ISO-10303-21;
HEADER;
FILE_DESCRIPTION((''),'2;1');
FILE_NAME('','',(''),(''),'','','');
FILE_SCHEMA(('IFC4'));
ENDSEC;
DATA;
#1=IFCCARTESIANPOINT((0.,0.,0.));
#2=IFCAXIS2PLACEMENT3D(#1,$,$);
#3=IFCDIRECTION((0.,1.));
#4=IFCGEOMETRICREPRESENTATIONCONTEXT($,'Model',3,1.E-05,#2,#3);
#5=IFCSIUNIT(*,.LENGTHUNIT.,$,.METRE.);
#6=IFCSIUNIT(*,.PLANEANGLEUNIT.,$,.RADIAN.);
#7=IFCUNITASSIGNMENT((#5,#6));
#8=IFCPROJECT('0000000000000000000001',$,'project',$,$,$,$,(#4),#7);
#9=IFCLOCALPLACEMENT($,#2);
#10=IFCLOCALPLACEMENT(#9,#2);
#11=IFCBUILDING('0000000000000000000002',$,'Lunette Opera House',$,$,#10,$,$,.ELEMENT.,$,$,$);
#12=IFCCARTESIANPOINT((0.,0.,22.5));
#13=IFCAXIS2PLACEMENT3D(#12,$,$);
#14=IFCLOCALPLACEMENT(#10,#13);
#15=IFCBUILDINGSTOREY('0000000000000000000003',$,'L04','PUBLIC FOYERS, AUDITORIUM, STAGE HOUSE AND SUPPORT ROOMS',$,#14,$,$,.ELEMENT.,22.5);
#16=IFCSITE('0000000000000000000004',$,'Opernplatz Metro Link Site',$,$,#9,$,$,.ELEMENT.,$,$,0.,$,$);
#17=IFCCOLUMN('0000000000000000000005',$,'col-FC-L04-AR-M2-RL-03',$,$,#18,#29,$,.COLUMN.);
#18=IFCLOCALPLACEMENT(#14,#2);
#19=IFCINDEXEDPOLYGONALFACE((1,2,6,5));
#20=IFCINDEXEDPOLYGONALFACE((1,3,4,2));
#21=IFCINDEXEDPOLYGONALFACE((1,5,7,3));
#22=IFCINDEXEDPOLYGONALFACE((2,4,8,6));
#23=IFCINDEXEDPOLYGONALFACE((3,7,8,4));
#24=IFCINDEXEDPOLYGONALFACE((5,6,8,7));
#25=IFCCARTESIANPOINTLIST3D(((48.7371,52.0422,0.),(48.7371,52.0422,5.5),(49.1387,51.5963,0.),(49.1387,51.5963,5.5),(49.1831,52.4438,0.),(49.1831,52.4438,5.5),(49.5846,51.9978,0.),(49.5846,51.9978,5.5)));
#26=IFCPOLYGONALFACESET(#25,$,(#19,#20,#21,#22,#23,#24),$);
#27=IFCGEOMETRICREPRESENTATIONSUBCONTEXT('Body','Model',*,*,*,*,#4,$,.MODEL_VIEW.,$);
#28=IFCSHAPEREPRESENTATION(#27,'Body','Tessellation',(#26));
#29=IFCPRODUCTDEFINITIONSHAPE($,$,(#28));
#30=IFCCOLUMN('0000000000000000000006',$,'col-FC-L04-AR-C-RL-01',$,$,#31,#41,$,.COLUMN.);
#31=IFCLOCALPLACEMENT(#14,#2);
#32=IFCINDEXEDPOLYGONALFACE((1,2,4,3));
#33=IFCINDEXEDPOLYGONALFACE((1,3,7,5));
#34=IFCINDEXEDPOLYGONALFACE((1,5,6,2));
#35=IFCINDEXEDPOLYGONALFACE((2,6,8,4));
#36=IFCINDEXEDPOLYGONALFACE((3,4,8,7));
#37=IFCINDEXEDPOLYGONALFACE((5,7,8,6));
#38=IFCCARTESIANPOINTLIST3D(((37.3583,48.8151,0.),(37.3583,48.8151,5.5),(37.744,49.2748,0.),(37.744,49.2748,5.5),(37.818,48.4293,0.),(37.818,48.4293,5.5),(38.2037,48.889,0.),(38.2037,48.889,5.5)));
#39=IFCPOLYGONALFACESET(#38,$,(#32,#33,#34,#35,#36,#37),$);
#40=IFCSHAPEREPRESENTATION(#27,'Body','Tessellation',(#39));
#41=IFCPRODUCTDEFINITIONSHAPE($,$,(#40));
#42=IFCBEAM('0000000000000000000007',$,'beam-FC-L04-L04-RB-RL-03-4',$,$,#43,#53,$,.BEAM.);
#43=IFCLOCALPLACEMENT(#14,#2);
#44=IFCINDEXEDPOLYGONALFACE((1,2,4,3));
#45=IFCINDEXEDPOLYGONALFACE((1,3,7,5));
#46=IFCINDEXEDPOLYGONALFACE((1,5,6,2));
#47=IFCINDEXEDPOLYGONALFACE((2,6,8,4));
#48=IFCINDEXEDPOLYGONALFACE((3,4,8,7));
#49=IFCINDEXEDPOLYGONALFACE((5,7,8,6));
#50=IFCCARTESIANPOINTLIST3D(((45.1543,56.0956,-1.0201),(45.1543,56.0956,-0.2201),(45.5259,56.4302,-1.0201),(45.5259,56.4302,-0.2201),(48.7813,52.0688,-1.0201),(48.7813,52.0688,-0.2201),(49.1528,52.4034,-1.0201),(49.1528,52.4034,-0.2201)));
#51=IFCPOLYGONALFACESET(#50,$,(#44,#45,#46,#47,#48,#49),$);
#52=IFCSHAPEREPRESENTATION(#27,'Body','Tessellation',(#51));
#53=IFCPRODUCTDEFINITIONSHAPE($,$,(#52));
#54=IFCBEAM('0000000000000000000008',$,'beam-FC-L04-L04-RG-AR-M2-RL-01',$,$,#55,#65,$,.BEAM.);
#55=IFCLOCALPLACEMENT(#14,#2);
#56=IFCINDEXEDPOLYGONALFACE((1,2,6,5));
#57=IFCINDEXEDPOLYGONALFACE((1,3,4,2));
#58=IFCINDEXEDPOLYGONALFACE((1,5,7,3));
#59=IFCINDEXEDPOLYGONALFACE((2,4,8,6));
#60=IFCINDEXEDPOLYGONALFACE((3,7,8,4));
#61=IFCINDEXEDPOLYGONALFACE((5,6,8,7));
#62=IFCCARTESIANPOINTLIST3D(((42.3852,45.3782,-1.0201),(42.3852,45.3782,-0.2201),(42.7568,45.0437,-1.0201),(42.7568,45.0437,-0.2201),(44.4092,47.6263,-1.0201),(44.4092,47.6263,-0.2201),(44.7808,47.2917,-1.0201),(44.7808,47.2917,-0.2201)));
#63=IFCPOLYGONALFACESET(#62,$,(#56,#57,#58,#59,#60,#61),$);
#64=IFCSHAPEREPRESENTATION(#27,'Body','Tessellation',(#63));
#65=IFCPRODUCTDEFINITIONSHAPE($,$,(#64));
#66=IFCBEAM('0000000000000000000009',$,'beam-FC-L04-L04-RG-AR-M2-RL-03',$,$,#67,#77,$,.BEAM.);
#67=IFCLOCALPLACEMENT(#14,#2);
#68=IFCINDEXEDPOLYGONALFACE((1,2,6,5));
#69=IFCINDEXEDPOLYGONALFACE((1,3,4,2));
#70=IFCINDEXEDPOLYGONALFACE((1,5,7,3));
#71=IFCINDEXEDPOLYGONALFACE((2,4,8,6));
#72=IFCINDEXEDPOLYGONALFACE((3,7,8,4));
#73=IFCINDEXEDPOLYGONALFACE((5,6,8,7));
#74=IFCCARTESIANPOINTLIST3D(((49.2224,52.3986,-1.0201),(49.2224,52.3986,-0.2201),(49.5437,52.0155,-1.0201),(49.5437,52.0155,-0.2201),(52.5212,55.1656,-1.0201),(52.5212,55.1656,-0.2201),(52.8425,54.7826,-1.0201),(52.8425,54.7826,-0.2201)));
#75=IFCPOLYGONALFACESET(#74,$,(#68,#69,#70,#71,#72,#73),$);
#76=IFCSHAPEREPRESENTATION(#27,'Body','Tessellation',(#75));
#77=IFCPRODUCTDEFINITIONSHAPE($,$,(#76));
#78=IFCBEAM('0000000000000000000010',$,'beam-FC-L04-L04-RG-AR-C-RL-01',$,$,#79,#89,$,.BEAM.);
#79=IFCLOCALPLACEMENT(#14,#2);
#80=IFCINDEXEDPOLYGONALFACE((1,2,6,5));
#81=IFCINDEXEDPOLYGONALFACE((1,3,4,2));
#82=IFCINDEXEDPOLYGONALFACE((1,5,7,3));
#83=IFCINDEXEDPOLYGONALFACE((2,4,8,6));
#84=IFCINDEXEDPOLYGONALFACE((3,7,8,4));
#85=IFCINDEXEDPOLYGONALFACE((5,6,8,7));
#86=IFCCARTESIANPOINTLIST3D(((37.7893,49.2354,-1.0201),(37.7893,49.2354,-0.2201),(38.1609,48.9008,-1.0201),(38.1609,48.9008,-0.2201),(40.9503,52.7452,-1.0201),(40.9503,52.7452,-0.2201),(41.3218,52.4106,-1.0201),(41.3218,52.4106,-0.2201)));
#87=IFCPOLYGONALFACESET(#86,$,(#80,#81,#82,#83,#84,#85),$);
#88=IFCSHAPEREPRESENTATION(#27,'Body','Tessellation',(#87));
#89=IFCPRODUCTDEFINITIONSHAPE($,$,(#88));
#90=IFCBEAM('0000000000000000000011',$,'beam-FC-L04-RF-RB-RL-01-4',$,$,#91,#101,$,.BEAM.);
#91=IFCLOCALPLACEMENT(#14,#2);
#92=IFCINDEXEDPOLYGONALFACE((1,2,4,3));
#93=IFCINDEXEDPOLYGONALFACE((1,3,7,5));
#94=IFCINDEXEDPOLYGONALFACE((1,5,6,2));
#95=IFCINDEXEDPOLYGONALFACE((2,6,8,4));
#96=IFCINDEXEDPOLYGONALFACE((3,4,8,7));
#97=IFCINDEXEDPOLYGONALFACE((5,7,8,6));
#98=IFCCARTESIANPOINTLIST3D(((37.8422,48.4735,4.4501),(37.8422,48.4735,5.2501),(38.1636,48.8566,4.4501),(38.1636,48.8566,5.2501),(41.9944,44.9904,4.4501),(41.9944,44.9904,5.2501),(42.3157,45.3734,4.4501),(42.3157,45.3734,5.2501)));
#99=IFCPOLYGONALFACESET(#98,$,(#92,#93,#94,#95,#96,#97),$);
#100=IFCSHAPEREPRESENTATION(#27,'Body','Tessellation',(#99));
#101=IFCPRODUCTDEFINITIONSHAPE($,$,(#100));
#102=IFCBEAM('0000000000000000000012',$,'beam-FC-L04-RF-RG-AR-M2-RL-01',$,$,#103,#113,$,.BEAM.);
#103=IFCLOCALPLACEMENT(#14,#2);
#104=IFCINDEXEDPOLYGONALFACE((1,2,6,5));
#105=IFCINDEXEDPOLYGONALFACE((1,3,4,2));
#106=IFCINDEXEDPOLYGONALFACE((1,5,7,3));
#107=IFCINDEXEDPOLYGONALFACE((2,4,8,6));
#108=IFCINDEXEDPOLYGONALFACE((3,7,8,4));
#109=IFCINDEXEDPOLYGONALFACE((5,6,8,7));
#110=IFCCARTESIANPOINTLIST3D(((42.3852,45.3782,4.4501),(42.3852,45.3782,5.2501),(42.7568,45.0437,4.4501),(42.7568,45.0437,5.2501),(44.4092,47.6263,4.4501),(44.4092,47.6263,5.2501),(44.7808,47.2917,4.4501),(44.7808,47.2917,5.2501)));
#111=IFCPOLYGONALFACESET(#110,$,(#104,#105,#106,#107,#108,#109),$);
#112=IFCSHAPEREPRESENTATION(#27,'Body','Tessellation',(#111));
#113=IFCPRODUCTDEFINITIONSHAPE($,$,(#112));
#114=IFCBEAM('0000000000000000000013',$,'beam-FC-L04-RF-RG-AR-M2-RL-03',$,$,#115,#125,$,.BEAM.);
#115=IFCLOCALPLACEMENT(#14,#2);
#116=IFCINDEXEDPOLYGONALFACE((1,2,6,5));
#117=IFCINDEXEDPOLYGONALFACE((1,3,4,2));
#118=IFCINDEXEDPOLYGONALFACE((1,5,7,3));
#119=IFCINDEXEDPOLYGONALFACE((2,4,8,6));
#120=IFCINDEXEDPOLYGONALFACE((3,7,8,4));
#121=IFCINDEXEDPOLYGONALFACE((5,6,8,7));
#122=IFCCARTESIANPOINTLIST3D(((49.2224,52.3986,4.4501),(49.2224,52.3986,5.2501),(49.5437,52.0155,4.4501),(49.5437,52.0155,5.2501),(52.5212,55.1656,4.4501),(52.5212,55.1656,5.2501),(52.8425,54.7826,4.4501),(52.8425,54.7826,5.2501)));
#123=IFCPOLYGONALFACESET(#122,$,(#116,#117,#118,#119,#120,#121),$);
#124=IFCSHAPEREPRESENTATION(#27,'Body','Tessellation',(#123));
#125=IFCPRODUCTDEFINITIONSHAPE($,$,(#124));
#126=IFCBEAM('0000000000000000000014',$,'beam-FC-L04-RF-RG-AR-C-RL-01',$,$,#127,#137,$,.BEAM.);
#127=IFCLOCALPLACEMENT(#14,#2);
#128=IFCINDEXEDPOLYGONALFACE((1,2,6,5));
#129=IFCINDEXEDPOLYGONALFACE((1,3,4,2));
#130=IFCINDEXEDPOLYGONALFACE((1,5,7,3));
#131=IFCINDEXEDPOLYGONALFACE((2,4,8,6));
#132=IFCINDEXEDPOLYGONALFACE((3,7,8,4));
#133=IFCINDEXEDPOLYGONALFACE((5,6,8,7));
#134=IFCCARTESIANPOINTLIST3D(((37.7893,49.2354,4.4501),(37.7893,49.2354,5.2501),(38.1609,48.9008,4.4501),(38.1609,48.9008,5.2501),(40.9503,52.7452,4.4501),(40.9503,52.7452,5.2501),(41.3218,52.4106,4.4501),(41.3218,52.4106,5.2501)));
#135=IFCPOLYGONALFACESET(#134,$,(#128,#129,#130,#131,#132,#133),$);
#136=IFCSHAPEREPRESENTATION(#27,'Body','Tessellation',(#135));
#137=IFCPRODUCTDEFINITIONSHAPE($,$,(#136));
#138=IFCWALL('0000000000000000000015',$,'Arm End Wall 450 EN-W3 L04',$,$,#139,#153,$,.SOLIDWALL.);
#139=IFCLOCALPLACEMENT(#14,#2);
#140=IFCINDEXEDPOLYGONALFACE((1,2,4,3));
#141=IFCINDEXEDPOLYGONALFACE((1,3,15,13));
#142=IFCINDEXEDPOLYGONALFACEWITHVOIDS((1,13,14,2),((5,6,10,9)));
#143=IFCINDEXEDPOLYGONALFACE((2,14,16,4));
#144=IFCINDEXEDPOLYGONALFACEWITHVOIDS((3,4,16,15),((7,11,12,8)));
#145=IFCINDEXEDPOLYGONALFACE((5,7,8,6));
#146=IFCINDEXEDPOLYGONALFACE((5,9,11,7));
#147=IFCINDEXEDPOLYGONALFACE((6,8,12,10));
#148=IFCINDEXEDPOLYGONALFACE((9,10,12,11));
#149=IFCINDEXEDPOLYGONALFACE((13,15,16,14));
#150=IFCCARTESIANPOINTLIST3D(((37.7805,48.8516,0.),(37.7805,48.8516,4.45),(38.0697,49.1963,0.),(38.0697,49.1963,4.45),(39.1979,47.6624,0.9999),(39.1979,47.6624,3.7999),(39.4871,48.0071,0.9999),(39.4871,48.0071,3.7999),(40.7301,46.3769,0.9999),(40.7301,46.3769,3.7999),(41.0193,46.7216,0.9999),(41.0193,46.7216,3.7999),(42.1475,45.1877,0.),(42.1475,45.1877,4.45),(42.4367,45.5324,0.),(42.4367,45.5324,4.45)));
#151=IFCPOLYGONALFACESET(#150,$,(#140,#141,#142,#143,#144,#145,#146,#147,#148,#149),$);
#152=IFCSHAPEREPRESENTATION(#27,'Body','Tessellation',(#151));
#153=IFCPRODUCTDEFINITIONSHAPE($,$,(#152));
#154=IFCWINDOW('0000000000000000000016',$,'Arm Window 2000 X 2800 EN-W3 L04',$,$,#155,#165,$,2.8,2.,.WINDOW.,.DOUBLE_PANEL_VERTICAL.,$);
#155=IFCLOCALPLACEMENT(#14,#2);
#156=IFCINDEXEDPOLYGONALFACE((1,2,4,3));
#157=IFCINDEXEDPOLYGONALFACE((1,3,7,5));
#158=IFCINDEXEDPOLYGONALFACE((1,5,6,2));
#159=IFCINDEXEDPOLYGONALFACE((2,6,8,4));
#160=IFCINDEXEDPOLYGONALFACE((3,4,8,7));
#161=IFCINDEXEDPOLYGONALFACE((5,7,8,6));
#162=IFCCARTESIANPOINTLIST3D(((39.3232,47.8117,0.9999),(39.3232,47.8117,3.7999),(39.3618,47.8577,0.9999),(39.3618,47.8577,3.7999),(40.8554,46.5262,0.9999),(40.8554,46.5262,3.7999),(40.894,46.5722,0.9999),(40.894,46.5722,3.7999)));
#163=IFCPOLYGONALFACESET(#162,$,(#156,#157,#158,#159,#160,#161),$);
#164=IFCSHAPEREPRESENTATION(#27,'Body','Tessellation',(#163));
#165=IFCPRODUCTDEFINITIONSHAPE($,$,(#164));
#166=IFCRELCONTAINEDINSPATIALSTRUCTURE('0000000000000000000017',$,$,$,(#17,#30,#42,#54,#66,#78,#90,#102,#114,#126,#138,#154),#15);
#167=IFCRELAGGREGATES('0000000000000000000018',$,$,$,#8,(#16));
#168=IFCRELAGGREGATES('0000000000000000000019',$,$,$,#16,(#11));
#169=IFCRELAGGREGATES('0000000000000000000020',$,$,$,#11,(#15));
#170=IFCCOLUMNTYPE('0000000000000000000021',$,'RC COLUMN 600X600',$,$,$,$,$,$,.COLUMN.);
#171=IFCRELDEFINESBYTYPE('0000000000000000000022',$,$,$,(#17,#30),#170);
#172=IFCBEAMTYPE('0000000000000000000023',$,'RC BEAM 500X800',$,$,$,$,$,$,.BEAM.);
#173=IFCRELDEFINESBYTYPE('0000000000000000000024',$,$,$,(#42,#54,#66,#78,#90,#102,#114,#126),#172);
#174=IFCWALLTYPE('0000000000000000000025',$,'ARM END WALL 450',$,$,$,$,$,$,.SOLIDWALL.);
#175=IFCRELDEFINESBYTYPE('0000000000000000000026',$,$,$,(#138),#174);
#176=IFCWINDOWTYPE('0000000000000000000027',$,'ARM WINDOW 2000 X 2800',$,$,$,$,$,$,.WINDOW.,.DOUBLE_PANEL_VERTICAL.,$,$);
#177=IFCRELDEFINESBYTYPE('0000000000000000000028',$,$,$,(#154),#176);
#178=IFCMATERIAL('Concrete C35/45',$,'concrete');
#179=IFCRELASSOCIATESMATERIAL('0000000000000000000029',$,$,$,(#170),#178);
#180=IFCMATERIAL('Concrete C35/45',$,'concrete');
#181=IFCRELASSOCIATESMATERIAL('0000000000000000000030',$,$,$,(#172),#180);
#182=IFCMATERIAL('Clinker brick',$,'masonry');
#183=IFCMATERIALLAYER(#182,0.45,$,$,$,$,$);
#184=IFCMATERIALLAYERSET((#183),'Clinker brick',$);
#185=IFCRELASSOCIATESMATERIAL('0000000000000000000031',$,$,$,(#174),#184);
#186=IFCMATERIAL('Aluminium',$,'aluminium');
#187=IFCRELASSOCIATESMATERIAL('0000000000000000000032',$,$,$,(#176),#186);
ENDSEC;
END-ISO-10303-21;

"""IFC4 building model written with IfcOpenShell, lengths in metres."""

from ifc_helpers import new_model, si_unit, direction, frame, frame_2d, origin, origin_2d, place, context, subcontext, project, spatial, rectangle, extrude, material, layer, layer_set, material_profile, profile_set, type_object, element, fill, save


model = new_model("IFC4")

# Units and contexts
model_context = context("Model", 3, precision=1e-05, world=origin(), true_north=direction((0.0, 1.0)))
body_context = subcontext(model_context, "Body", "Model", "MODEL_VIEW")
ifc_project = project(units=[si_unit("LENGTHUNIT", "METRE"), si_unit("PLANEANGLEUNIT", "RADIAN")], contexts=[model_context])

# Site, building, storey
site_placement = place(None, origin())
site = spatial("IfcSite", under=ifc_project, at=site_placement, Name="Opernplatz Metro Link Site", CompositionType="ELEMENT", RefElevation=0.0)
building_placement = place(site_placement, origin())
building = spatial("IfcBuilding", under=site, at=building_placement, Name="Lunette Opera House", CompositionType="ELEMENT")
storey_placement = place(building_placement, frame((0.0, 0.0, 22.5)))
storey = spatial("IfcBuildingStorey", under=building, at=storey_placement, Name="L04", Description="PUBLIC FOYERS, AUDITORIUM, STAGE HOUSE AND SUPPORT ROOMS", CompositionType="ELEMENT", Elevation=22.5)

# Columns
ifc_material_1 = material(Name="Concrete C35/45", Category="concrete")
ifc_material_profile_1 = material_profile(ifc_material_1, rectangle(XDim=0.6001, YDim=0.6001, at=origin_2d()), Name="RC COLUMN 600X600")
ifc_profile_set_1 = profile_set([ifc_material_profile_1], Name="Concrete C35/45")
column_type = type_object("IfcColumnType", Name="RC COLUMN 600X600", PredefinedType="COLUMN", material=ifc_profile_set_1)
for number, where, z_axis, x_axis, name in (
    (1, (49.1609, 52.02, 0.0), (0.0, 0.0, 1.0), (0.743145, 0.669131, 0.0), "col-FC-L04-AR-M2-RL-03"),
    (2, (37.781, 48.8521, 0.0), (0.0, 0.0, 1.0), (0.642788, 0.766044, 0.0), "col-FC-L04-AR-C-RL-01"),
):
    element("IfcColumn", number, at=place(storey_placement, frame(where, z_axis=z_axis, x_axis=x_axis)), inside=storey, type_object=column_type, Name=name, PredefinedType="COLUMN", context=body_context, shape_type="SweptSolid", body=[
        extrude(rectangle(XDim=0.6001, YDim=0.6001, at=origin_2d()), origin(), (0.0, 0.0, 1.0), 5.5),
    ])

# Beams
ifc_material_2 = material(Name="Concrete C35/45", Category="concrete")
ifc_material_profile_2 = material_profile(ifc_material_2, rectangle(XDim=0.5, YDim=0.8, at=origin_2d()), Name="RC BEAM 500X800")
ifc_profile_set_2 = profile_set([ifc_material_profile_2], Name="Concrete C35/45")
beam_type = type_object("IfcBeamType", Name="RC BEAM 500X800", PredefinedType="BEAM", material=ifc_profile_set_2)
beam_1_placement = place(storey_placement, frame((48.967, 52.2361, -0.6201), z_axis=(-0.669248, 0.743039, 0.0), x_axis=(-0.743039, -0.669248, 0.0)))
element("IfcBeam", 3, at=beam_1_placement, inside=storey, type_object=beam_type, Name="beam-FC-L04-L04-RB-RL-03-4", PredefinedType="BEAM", context=body_context, shape_type="SweptSolid", body=[
    extrude(rectangle(XDim=0.5, YDim=0.8, at=origin_2d()), origin(), (0.0, 0.0, 1.0), 5.4194),
])
beam_2_placement = place(storey_placement, frame((42.571, 45.2109, -0.6201), z_axis=(0.66909, 0.743182, 0.0), x_axis=(-0.743182, 0.66909, 0.0)))
element("IfcBeam", 4, at=beam_2_placement, inside=storey, type_object=beam_type, Name="beam-FC-L04-L04-RG-AR-M2-RL-01", PredefinedType="BEAM", context=body_context, shape_type="SweptSolid", body=[
    extrude(rectangle(XDim=0.5, YDim=0.8, at=origin_2d()), origin(), (0.0, 0.0, 1.0), 3.0249),
])
beam_3_placement = place(storey_placement, frame((49.3831, 52.207, -0.6201), z_axis=(0.766154, 0.642657, 0.0), x_axis=(-0.642657, 0.766154, 0.0)))
element("IfcBeam", 5, at=beam_3_placement, inside=storey, type_object=beam_type, Name="beam-FC-L04-L04-RG-AR-M2-RL-03", PredefinedType="BEAM", context=body_context, shape_type="SweptSolid", body=[
    extrude(rectangle(XDim=0.5, YDim=0.8, at=origin_2d()), origin(), (0.0, 0.0, 1.0), 4.3057),
])
beam_4_placement = place(storey_placement, frame((37.9751, 49.0681, -0.6201), z_axis=(0.66921, 0.743073, 0.0), x_axis=(-0.743073, 0.66921, 0.0)))
element("IfcBeam", 6, at=beam_4_placement, inside=storey, type_object=beam_type, Name="beam-FC-L04-L04-RG-AR-C-RL-01", PredefinedType="BEAM", context=body_context, shape_type="SweptSolid", body=[
    extrude(rectangle(XDim=0.5, YDim=0.8, at=origin_2d()), origin(), (0.0, 0.0, 1.0), 4.7234),
])
beam_5_placement = place(storey_placement, frame((42.155, 45.1819, 4.8501), z_axis=(-0.766124, 0.642693, 0.0), x_axis=(-0.642693, -0.766124, 0.0)))
element("IfcBeam", 7, at=beam_5_placement, inside=storey, type_object=beam_type, Name="beam-FC-L04-RF-RB-RL-01-4", PredefinedType="BEAM", context=body_context, shape_type="SweptSolid", body=[
    extrude(rectangle(XDim=0.5, YDim=0.8, at=origin_2d()), origin(), (0.0, 0.0, 1.0), 5.4197),
])
beam_6_placement = place(storey_placement, frame((42.571, 45.2109, 4.8501), z_axis=(0.66909, 0.743182, 0.0), x_axis=(-0.743182, 0.66909, 0.0)))
element("IfcBeam", 8, at=beam_6_placement, inside=storey, type_object=beam_type, Name="beam-FC-L04-RF-RG-AR-M2-RL-01", PredefinedType="BEAM", context=body_context, shape_type="SweptSolid", body=[
    extrude(rectangle(XDim=0.5, YDim=0.8, at=origin_2d()), origin(), (0.0, 0.0, 1.0), 3.0249),
])
beam_7_placement = place(storey_placement, frame((49.3831, 52.207, 4.8501), z_axis=(0.766154, 0.642657, 0.0), x_axis=(-0.642657, 0.766154, 0.0)))
element("IfcBeam", 9, at=beam_7_placement, inside=storey, type_object=beam_type, Name="beam-FC-L04-RF-RG-AR-M2-RL-03", PredefinedType="BEAM", context=body_context, shape_type="SweptSolid", body=[
    extrude(rectangle(XDim=0.5, YDim=0.8, at=origin_2d()), origin(), (0.0, 0.0, 1.0), 4.3057),
])
beam_8_placement = place(storey_placement, frame((37.9751, 49.0681, 4.8501), z_axis=(0.66921, 0.743073, 0.0), x_axis=(-0.743073, 0.66921, 0.0)))
element("IfcBeam", 10, at=beam_8_placement, inside=storey, type_object=beam_type, Name="beam-FC-L04-RF-RG-AR-C-RL-01", PredefinedType="BEAM", context=body_context, shape_type="SweptSolid", body=[
    extrude(rectangle(XDim=0.5, YDim=0.8, at=origin_2d()), origin(), (0.0, 0.0, 1.0), 4.7234),
])

# Wall, opening, window
ifc_material_3 = material(Name="Clinker brick", Category="masonry")
ifc_layer_1 = layer(ifc_material_3, 0.45)
ifc_layer_set_1 = layer_set([ifc_layer_1], Name="Clinker brick")
wall_type_1 = type_object("IfcWallType", Name="ARM END WALL 450", PredefinedType="SOLIDWALL", material=ifc_layer_set_1)
wall_1_placement = place(storey_placement, frame((42.292, 45.3601, 0.0), z_axis=(0.0, 0.0, 1.0), x_axis=(-0.766086, 0.642738, 0.0)))
wall_1 = element("IfcWall", 11, at=wall_1_placement, inside=storey, type_object=wall_type_1, Name="Arm End Wall 450 EN-W3 L04", PredefinedType="SOLIDWALL", context=body_context, shape_type="SweptSolid", body=[
    extrude(rectangle(XDim=5.7004, YDim=0.45, at=frame_2d((2.8501, 0.0))), origin(), (0.0, 0.0, 1.0), 4.45),
])
opening_1_placement = place(wall_1_placement, frame((1.8501, 0.0, 1.0)))
opening_1 = element("IfcOpeningElement", 12, at=opening_1_placement, cuts=wall_1, PredefinedType="OPENING", context=body_context, shape_type="SweptSolid", body=[
    extrude(rectangle(XDim=2.0, YDim=2.8, at=frame_2d((1.0, 1.3999))), frame((0.0, 0.2371, 0.0), z_axis=(0.0, -1.0, 0.0), x_axis=(1.0, 0.0, 0.0)), (0.0, 0.0, 1.0), 0.4739),
])
ifc_material_4 = material(Name="Aluminium", Category="aluminium")
window_type = type_object("IfcWindowType", Name="ARM WINDOW 2000 X 2800", PartitioningType="DOUBLE_PANEL_VERTICAL", PredefinedType="WINDOW", material=ifc_material_4)
window_1_placement = place(opening_1_placement, origin())
window_1 = element("IfcWindow", 13, at=window_1_placement, inside=storey, type_object=window_type, Name="Arm Window 2000 X 2800 EN-W3 L04", OverallHeight=2.8, OverallWidth=2.0, PartitioningType="DOUBLE_PANEL_VERTICAL", PredefinedType="WINDOW", context=body_context, shape_type="SweptSolid", body=[
    extrude(rectangle(XDim=2.0, YDim=2.8, at=frame_2d((1.0, 1.3999))), frame((0.0, 0.03, 0.0), z_axis=(0.0, -1.0, 0.0), x_axis=(1.0, 0.0, 0.0)), (0.0, 0.0, 1.0), 0.0601),
])
fill(opening_1, window_1)

save(model, "model.ifc")
